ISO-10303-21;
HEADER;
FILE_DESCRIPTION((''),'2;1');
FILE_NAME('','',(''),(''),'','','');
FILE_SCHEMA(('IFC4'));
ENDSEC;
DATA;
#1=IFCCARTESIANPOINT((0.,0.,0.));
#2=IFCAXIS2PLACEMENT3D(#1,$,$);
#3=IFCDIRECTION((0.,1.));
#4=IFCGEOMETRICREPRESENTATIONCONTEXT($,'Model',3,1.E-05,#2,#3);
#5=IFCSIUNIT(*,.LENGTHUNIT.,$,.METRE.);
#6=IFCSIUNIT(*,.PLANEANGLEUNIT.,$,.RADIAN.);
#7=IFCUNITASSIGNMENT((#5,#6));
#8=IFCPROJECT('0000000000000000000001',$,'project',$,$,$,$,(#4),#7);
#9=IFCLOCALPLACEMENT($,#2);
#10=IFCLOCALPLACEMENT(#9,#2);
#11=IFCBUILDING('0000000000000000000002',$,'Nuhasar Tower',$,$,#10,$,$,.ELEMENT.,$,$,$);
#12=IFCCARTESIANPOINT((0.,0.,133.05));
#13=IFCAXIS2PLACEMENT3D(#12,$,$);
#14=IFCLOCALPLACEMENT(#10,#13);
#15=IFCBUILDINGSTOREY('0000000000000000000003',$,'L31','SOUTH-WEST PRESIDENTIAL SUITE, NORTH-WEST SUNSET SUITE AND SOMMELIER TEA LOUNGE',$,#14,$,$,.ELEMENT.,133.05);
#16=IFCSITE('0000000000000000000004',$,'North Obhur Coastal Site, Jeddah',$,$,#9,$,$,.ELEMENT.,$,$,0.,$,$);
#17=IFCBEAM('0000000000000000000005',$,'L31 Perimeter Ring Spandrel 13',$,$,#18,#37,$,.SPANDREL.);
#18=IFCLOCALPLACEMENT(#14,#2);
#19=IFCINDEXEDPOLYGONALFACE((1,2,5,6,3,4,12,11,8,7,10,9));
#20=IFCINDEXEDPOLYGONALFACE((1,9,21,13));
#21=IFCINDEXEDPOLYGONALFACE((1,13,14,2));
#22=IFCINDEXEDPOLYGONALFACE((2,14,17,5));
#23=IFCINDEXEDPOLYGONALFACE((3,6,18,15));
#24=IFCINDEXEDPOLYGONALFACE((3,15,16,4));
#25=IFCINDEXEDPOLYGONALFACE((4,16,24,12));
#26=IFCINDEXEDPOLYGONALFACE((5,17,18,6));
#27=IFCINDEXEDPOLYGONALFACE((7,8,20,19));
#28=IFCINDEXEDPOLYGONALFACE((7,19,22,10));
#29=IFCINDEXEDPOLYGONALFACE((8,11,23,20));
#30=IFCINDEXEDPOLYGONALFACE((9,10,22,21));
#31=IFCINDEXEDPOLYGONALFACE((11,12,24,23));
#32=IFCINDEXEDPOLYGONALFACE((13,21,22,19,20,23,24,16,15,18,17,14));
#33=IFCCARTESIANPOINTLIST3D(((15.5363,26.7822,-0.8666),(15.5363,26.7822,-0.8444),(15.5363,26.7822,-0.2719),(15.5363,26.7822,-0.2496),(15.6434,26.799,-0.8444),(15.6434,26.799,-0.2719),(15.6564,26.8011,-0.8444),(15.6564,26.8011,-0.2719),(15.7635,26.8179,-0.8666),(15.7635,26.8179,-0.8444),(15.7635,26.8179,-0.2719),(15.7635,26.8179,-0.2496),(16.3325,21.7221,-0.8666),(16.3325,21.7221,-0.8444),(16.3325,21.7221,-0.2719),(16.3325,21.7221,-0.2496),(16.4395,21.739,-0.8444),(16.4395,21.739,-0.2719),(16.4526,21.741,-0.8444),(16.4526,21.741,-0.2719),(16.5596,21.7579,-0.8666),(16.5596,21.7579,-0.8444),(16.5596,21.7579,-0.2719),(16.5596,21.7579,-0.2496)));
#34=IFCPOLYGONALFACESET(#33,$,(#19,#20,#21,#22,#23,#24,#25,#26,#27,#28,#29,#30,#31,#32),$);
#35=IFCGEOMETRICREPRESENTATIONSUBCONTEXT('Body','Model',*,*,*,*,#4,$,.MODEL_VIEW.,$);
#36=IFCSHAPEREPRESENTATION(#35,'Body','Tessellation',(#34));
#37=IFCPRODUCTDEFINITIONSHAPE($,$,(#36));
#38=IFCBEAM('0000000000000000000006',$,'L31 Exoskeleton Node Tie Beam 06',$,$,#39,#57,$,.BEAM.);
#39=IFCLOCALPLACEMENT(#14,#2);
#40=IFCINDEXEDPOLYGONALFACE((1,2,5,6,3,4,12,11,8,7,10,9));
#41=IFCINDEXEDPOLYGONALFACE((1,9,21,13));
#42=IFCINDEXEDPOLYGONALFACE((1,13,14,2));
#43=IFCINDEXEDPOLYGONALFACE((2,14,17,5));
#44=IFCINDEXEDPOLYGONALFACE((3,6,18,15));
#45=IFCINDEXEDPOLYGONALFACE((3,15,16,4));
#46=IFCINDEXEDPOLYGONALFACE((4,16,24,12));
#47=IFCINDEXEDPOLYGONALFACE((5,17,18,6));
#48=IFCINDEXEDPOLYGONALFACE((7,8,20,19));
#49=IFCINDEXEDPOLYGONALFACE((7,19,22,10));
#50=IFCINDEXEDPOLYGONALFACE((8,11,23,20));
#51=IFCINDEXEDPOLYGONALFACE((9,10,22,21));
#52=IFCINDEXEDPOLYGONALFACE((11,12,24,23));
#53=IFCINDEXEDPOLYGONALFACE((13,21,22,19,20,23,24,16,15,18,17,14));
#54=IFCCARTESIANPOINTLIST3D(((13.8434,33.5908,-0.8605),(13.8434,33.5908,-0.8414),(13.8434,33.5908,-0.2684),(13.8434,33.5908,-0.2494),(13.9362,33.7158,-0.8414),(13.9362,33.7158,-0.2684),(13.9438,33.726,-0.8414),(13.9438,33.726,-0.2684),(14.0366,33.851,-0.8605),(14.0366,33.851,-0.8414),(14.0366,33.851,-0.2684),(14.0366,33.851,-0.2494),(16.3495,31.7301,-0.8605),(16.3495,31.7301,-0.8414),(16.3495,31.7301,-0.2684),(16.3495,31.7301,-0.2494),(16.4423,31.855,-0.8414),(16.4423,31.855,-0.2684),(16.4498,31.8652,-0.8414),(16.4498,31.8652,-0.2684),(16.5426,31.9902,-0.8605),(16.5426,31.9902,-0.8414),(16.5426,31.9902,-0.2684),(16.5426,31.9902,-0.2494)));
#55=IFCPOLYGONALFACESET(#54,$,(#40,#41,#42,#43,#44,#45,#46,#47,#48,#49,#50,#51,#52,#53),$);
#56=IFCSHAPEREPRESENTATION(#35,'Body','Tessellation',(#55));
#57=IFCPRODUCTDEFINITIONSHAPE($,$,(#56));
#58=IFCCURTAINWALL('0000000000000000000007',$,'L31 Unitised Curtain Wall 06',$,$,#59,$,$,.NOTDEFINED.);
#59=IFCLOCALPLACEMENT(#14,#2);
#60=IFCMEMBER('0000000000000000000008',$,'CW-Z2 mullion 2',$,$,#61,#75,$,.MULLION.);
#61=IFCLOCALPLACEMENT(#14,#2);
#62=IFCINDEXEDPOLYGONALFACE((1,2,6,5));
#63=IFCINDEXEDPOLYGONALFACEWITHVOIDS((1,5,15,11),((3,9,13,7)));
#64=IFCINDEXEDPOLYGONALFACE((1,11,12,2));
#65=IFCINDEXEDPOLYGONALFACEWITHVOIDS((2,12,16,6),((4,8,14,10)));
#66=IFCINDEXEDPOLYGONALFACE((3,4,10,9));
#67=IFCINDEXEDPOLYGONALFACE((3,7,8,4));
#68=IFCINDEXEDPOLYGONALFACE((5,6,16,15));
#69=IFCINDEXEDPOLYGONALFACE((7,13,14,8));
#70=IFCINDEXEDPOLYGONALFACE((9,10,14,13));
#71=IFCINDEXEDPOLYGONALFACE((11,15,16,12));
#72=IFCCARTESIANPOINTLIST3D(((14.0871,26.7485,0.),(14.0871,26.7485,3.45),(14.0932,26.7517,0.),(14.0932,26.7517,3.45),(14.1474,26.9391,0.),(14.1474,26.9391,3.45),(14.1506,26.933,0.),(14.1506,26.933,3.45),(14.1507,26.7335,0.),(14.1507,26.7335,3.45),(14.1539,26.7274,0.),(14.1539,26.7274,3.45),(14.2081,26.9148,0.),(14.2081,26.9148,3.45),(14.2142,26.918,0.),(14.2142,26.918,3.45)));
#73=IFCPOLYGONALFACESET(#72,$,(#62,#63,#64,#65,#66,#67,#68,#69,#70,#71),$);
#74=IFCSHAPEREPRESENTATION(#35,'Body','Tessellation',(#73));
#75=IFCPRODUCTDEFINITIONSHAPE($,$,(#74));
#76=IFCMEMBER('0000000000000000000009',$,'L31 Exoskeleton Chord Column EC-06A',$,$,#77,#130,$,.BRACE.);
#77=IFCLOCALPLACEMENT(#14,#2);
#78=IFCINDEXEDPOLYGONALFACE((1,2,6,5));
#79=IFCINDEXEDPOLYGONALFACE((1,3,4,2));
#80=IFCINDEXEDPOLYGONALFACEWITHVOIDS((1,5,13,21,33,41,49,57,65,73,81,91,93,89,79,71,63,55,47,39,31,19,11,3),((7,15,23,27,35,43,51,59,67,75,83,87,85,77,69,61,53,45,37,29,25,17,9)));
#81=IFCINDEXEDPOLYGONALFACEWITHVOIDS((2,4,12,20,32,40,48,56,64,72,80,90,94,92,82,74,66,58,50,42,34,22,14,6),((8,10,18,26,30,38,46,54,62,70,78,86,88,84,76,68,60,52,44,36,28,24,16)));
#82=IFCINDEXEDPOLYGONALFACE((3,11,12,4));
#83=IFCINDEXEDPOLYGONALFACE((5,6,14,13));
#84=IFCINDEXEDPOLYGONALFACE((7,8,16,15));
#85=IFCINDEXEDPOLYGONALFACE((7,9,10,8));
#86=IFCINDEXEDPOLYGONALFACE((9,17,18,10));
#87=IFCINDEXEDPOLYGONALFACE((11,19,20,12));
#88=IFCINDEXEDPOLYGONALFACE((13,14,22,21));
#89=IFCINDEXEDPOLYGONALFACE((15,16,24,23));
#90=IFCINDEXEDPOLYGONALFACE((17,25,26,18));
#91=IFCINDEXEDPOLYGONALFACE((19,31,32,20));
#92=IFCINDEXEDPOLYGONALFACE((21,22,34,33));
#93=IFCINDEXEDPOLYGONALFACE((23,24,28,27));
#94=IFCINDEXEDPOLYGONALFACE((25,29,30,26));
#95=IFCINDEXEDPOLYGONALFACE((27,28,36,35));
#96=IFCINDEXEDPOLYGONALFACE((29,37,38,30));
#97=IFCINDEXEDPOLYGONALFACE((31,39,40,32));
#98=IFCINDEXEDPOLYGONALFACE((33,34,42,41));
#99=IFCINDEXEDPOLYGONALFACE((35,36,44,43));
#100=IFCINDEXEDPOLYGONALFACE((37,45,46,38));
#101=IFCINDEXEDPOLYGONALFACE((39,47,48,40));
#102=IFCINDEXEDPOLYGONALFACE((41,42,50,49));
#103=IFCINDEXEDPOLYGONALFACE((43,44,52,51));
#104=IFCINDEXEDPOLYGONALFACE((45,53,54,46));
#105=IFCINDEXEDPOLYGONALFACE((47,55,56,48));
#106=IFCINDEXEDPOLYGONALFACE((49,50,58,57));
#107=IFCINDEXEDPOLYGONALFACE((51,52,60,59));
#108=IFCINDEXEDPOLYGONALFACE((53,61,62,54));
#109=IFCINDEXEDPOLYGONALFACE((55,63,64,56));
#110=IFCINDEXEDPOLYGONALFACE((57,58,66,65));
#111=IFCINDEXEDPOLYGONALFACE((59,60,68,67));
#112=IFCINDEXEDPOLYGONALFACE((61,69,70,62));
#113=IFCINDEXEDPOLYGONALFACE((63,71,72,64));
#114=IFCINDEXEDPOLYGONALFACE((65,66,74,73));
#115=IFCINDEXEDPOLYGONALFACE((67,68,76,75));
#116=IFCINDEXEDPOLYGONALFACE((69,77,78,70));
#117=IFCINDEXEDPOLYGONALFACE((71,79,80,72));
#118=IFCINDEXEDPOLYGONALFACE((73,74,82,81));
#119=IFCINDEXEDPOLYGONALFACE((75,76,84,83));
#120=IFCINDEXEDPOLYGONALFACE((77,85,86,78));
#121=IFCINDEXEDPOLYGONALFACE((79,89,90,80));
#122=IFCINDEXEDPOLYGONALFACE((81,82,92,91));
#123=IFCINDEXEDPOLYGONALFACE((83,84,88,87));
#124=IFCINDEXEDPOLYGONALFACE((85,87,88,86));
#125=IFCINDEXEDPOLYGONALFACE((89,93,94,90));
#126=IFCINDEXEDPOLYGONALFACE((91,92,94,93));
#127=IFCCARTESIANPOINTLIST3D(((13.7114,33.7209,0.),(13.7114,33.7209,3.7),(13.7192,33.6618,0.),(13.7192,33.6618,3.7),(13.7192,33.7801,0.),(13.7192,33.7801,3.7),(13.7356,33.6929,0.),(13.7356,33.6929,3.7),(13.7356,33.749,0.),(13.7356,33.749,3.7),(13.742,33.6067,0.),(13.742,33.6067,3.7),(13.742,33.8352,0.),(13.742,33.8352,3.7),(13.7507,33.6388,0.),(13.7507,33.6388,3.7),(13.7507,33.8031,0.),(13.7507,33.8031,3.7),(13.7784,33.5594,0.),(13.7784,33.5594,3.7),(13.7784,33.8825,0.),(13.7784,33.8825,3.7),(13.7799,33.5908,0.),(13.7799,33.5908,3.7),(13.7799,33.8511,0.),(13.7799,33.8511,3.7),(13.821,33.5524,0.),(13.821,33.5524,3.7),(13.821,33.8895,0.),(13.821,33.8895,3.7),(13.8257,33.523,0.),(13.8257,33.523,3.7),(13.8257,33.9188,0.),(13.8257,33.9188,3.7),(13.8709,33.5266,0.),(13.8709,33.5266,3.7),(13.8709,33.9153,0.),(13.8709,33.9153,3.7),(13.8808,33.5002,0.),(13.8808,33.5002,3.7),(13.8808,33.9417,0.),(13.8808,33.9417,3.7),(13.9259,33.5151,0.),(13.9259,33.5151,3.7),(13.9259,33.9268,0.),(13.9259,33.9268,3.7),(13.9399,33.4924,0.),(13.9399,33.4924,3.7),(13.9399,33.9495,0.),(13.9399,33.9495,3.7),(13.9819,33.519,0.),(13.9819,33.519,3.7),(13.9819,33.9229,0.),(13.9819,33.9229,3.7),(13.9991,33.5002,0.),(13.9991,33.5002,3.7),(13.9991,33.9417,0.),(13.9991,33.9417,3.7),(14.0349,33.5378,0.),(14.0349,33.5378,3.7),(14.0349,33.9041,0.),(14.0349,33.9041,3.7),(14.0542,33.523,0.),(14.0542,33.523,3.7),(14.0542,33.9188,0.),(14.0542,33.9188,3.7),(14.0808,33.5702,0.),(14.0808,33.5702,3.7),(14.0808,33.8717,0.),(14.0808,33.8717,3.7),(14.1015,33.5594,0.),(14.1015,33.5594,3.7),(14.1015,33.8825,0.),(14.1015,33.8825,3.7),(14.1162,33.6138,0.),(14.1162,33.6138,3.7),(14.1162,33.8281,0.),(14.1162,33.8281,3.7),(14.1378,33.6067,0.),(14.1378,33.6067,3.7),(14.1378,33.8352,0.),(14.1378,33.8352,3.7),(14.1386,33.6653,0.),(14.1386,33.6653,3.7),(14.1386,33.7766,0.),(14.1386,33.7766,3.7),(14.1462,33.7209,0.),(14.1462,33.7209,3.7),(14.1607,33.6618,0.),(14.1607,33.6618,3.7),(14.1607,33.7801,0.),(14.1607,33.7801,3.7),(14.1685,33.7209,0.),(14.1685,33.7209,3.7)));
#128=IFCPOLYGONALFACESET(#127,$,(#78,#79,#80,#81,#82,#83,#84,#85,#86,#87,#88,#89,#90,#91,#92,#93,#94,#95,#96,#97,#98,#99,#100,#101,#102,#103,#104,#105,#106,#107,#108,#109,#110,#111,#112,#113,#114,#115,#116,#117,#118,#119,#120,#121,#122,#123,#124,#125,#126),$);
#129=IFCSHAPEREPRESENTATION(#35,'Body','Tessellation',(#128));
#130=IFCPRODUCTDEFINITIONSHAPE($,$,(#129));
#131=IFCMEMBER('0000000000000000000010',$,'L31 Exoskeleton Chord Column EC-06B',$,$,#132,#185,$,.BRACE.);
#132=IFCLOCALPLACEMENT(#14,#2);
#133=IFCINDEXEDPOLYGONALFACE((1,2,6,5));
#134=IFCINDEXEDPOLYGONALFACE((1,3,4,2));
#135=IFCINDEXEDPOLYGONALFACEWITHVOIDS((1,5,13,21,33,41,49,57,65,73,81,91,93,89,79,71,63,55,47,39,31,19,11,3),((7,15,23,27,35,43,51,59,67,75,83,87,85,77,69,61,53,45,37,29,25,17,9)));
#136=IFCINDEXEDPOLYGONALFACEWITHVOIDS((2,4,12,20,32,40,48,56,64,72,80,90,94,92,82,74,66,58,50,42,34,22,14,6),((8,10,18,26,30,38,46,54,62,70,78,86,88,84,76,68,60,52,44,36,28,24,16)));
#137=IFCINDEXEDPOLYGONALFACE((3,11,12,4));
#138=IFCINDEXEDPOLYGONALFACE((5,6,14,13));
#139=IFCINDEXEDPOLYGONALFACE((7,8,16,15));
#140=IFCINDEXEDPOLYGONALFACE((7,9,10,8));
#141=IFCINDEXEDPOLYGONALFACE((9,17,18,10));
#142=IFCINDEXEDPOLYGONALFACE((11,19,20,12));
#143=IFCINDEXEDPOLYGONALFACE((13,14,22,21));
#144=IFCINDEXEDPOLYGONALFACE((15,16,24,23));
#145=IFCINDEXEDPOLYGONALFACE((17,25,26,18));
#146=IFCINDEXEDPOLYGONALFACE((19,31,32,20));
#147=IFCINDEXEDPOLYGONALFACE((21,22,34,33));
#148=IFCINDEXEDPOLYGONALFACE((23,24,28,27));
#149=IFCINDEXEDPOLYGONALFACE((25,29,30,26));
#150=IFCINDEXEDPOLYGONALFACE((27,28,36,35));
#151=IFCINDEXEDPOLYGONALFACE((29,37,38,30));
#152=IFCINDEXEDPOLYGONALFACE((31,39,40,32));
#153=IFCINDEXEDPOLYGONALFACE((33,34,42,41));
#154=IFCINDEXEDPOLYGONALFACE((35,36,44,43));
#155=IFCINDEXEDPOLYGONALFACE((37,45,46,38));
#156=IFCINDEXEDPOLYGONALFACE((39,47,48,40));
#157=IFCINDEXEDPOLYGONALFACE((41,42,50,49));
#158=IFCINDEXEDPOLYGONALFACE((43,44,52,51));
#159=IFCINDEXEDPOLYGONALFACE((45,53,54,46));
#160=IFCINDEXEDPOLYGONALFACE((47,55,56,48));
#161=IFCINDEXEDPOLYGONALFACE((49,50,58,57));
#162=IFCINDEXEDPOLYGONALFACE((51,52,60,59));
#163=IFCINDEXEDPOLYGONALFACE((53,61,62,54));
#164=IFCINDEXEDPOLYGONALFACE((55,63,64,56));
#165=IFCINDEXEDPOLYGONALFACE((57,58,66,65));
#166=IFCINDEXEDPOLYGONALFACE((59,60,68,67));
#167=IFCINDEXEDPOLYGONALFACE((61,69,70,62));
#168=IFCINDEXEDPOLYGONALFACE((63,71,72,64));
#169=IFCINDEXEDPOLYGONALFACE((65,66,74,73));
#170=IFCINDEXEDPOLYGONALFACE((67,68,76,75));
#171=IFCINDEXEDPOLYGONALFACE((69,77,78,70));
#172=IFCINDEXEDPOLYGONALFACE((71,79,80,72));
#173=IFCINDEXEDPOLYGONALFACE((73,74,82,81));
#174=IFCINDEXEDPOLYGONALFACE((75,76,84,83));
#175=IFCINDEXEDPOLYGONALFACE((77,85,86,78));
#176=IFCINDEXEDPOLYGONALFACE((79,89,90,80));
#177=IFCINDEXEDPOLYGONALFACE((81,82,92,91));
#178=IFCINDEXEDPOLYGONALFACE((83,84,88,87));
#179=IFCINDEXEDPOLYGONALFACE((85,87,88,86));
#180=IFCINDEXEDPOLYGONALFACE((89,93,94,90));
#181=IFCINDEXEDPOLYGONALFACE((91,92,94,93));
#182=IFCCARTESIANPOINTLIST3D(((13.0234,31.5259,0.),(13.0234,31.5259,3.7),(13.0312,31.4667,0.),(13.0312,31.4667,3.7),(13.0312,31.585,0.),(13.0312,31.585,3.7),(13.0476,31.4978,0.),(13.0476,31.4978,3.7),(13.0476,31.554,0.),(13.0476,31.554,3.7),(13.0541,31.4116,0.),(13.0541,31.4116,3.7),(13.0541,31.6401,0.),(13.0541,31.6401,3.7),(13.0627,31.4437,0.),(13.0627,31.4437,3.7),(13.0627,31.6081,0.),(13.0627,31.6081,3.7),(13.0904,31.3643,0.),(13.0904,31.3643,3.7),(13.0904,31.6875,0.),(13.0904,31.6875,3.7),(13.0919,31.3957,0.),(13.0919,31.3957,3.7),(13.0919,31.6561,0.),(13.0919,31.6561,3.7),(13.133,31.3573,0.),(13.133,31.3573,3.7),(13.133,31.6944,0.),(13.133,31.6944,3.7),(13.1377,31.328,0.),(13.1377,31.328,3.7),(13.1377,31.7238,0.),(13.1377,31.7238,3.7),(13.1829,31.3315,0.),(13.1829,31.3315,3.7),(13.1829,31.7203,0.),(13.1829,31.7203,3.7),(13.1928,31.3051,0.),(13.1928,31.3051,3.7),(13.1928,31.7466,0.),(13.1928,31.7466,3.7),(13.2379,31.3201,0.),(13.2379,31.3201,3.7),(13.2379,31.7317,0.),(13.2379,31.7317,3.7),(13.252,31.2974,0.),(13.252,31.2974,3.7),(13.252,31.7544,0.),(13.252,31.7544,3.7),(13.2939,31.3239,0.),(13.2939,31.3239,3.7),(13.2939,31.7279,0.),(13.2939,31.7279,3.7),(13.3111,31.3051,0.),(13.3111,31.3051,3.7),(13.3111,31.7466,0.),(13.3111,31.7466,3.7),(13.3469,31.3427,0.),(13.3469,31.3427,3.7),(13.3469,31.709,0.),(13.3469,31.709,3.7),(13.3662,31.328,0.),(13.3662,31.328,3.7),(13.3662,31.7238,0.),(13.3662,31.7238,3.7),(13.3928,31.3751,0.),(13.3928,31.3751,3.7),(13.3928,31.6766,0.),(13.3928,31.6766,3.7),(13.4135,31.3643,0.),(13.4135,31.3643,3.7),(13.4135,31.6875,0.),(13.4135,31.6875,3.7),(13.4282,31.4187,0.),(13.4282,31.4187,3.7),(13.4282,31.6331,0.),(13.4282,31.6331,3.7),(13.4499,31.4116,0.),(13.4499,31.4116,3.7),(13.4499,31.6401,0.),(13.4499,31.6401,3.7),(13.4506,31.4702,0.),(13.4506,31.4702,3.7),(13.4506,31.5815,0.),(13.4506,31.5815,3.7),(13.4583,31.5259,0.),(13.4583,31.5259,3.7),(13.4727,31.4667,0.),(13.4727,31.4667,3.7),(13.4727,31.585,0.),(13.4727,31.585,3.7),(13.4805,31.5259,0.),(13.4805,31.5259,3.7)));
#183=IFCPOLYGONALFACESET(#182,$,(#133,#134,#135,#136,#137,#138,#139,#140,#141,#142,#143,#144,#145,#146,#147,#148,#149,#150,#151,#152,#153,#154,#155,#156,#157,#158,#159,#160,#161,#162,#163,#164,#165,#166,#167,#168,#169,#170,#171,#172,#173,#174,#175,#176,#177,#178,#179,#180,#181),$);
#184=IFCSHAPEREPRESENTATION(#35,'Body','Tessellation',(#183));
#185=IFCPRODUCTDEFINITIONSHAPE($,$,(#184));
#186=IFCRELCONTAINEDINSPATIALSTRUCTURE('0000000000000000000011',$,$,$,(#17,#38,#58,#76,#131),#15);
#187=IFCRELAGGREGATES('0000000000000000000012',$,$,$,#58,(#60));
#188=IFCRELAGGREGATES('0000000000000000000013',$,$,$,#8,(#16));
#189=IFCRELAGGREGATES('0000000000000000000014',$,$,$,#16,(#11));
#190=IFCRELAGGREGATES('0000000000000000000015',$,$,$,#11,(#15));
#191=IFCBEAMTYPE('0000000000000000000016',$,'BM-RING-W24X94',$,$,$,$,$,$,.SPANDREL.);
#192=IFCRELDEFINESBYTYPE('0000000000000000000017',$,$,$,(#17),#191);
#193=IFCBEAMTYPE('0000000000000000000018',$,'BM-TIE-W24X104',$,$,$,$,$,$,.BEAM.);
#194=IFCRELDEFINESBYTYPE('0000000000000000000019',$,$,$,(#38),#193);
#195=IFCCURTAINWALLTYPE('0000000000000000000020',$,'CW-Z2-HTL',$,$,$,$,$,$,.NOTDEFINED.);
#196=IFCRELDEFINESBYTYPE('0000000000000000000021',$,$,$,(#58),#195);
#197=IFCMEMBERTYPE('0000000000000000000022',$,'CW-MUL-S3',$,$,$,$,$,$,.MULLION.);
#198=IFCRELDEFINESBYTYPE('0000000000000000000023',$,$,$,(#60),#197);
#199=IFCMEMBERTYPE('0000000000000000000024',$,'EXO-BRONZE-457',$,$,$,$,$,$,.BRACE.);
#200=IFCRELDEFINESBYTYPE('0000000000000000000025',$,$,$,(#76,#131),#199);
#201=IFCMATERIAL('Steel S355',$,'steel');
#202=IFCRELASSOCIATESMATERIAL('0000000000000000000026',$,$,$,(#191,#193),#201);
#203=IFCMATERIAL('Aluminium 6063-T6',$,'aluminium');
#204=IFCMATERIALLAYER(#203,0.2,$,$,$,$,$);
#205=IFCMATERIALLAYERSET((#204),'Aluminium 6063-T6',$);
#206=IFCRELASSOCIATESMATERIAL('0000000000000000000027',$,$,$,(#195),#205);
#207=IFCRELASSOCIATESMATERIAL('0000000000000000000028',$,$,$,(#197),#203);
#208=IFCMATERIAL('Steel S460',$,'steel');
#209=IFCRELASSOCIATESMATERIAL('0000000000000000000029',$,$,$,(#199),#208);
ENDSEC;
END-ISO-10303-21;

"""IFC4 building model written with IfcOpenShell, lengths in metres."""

from ifc_helpers import new_model, si_unit, direction, frame, origin, origin_2d, place, context, subcontext, project, spatial, hollow_rectangle, hollow_circle, i_section, extrude, material, layer, layer_set, material_profile, profile_set, type_object, element, aggregate, save


model = new_model("IFC4")

# Units and contexts
model_context = context("Model", 3, precision=1e-05, world=origin(), true_north=direction((0.0, 1.0)))
body_context = subcontext(model_context, "Body", "Model", "MODEL_VIEW")
ifc_project = project(units=[si_unit("LENGTHUNIT", "METRE"), si_unit("PLANEANGLEUNIT", "RADIAN")], contexts=[model_context])

# Site, building, storey
site_placement = place(None, origin())
site = spatial("IfcSite", under=ifc_project, at=site_placement, Name="North Obhur Coastal Site, Jeddah", CompositionType="ELEMENT", RefElevation=0.0)
building_placement = place(site_placement, origin())
building = spatial("IfcBuilding", under=site, at=building_placement, Name="Nuhasar Tower", CompositionType="ELEMENT")
storey_placement = place(building_placement, frame((0.0, 0.0, 133.05)))
storey = spatial("IfcBuildingStorey", under=building, at=storey_placement, Name="L31", Description="SOUTH-WEST PRESIDENTIAL SUITE, NORTH-WEST SUNSET SUITE AND SOMMELIER TEA LOUNGE", CompositionType="ELEMENT", Elevation=133.05)

# Beams
ifc_material_1 = material(Name="Steel S355", Category="steel")
ifc_material_profile_1 = material_profile(ifc_material_1, i_section(OverallWidth=0.23, OverallDepth=0.6169, WebThickness=0.0132, FlangeThickness=0.0222, at=origin_2d()), Name="W24X94")
ifc_profile_set_1 = profile_set([ifc_material_profile_1], Name="Steel S355")
beam_type_1 = type_object("IfcBeamType", Name="BM-RING-W24X94", PredefinedType="SPANDREL", material=ifc_profile_set_1)
for number, where, z_axis, x_axis, name in (
    (1, (15.6499, 26.8, -0.5581), (0.155427, -0.987847, 0.0), (0.987847, 0.155427, 0.0), "L31 Perimeter Ring Spandrel 13"),
):
    element("IfcBeam", number, at=place(storey_placement, frame(where, z_axis=z_axis, x_axis=x_axis)), inside=storey, type_object=beam_type_1, Name=name, PredefinedType="SPANDREL", context=body_context, shape_type="SweptSolid", body=[
        extrude(i_section(OverallWidth=0.23, OverallDepth=0.6169, WebThickness=0.0132, FlangeThickness=0.0222, at=origin_2d()), origin(), (0.0, 0.0, 1.0), 5.1223),
    ])
ifc_material_profile_2 = material_profile(ifc_material_1, i_section(OverallWidth=0.324, OverallDepth=0.6111, WebThickness=0.0127, FlangeThickness=0.019, at=origin_2d()), Name="W24X104")
ifc_profile_set_2 = profile_set([ifc_material_profile_2], Name="Steel S355")
beam_type_2 = type_object("IfcBeamType", Name="BM-TIE-W24X104", PredefinedType="BEAM", material=ifc_profile_set_2)
beam_1_placement = place(storey_placement, frame((16.446, 31.8601, -0.5549), z_axis=(-0.802872, 0.596151, 0.0), x_axis=(-0.596151, -0.802872, 0.0)))
element("IfcBeam", 2, at=beam_1_placement, inside=storey, type_object=beam_type_2, Name="L31 Exoskeleton Node Tie Beam 06", PredefinedType="BEAM", context=body_context, shape_type="SweptSolid", body=[
    extrude(i_section(OverallWidth=0.324, OverallDepth=0.6111, WebThickness=0.0127, FlangeThickness=0.019, at=origin_2d()), origin(), (0.0, 0.0, 1.0), 3.1213),
])

# Curtain wall, member
ifc_material_2 = material(Name="Aluminium 6063-T6", Category="aluminium")
ifc_layer_1 = layer(ifc_material_2, 0.2)
ifc_layer_set_1 = layer_set([ifc_layer_1], Name="Aluminium 6063-T6")
curtain_wall_type = type_object("IfcCurtainWallType", Name="CW-Z2-HTL", PredefinedType="NOTDEFINED", material=ifc_layer_set_1)
curtain_wall_placement = place(storey_placement, origin())
curtain_wall = element("IfcCurtainWall", 3, at=curtain_wall_placement, inside=storey, type_object=curtain_wall_type, Name="L31 Unitised Curtain Wall 06", PredefinedType="NOTDEFINED")
ifc_material_profile_3 = material_profile(ifc_material_2, hollow_rectangle(XDim=0.0701, YDim=0.2, WallThickness=0.0049, at=origin_2d()), Name="CWM-3")
ifc_profile_set_3 = profile_set([ifc_material_profile_3], Name="Aluminium 6063-T6")
member_type_1 = type_object("IfcMemberType", Name="CW-MUL-S3", PredefinedType="MULLION", material=ifc_profile_set_3)
member_1_placement = place(storey_placement, frame((14.1506, 26.8333, 0.0), z_axis=(0.0, 0.0, 1.0), x_axis=(0.953433, -0.301604, 0.0)))
member_1 = element("IfcMember", 4, at=member_1_placement, type_object=member_type_1, Name="CW-Z2 mullion 2", PredefinedType="MULLION", context=body_context, shape_type="SweptSolid", body=[
    extrude(hollow_rectangle(XDim=0.0701, YDim=0.2, WallThickness=0.0049, at=origin_2d()), origin(), (0.0, 0.0, 1.0), 3.45),
])

# Members
ifc_material_3 = material(Name="Steel S460", Category="steel")
ifc_material_profile_4 = material_profile(ifc_material_3, hollow_circle(Radius=0.2285, WallThickness=0.0222, at=origin_2d()), Name="HSS457X22.2")
ifc_profile_set_4 = profile_set([ifc_material_profile_4], Name="Steel S460")
member_type_2 = type_object("IfcMemberType", Name="EXO-BRONZE-457", PredefinedType="BRACE", material=ifc_profile_set_4)
for number, where, z_axis, x_axis, name in (
    (5, (13.9399, 33.7209, 0.0), (0.0, 0.0, 1.0), (1.0, 0.0, 0.0), "L31 Exoskeleton Chord Column EC-06A"),
    (6, (13.252, 31.5259, 0.0), (0.0, 0.0, 1.0), (1.0, 0.0, 0.0), "L31 Exoskeleton Chord Column EC-06B"),
):
    element("IfcMember", number, at=place(storey_placement, frame(where, z_axis=z_axis, x_axis=x_axis)), inside=storey, type_object=member_type_2, Name=name, PredefinedType="BRACE", context=body_context, shape_type="SweptSolid", body=[
        extrude(hollow_circle(Radius=0.2285, WallThickness=0.0222, at=origin_2d()), origin(), (0.0, 0.0, 1.0), 3.7),
    ])

aggregate(curtain_wall, [member_1])

save(model, "model.ifc")
